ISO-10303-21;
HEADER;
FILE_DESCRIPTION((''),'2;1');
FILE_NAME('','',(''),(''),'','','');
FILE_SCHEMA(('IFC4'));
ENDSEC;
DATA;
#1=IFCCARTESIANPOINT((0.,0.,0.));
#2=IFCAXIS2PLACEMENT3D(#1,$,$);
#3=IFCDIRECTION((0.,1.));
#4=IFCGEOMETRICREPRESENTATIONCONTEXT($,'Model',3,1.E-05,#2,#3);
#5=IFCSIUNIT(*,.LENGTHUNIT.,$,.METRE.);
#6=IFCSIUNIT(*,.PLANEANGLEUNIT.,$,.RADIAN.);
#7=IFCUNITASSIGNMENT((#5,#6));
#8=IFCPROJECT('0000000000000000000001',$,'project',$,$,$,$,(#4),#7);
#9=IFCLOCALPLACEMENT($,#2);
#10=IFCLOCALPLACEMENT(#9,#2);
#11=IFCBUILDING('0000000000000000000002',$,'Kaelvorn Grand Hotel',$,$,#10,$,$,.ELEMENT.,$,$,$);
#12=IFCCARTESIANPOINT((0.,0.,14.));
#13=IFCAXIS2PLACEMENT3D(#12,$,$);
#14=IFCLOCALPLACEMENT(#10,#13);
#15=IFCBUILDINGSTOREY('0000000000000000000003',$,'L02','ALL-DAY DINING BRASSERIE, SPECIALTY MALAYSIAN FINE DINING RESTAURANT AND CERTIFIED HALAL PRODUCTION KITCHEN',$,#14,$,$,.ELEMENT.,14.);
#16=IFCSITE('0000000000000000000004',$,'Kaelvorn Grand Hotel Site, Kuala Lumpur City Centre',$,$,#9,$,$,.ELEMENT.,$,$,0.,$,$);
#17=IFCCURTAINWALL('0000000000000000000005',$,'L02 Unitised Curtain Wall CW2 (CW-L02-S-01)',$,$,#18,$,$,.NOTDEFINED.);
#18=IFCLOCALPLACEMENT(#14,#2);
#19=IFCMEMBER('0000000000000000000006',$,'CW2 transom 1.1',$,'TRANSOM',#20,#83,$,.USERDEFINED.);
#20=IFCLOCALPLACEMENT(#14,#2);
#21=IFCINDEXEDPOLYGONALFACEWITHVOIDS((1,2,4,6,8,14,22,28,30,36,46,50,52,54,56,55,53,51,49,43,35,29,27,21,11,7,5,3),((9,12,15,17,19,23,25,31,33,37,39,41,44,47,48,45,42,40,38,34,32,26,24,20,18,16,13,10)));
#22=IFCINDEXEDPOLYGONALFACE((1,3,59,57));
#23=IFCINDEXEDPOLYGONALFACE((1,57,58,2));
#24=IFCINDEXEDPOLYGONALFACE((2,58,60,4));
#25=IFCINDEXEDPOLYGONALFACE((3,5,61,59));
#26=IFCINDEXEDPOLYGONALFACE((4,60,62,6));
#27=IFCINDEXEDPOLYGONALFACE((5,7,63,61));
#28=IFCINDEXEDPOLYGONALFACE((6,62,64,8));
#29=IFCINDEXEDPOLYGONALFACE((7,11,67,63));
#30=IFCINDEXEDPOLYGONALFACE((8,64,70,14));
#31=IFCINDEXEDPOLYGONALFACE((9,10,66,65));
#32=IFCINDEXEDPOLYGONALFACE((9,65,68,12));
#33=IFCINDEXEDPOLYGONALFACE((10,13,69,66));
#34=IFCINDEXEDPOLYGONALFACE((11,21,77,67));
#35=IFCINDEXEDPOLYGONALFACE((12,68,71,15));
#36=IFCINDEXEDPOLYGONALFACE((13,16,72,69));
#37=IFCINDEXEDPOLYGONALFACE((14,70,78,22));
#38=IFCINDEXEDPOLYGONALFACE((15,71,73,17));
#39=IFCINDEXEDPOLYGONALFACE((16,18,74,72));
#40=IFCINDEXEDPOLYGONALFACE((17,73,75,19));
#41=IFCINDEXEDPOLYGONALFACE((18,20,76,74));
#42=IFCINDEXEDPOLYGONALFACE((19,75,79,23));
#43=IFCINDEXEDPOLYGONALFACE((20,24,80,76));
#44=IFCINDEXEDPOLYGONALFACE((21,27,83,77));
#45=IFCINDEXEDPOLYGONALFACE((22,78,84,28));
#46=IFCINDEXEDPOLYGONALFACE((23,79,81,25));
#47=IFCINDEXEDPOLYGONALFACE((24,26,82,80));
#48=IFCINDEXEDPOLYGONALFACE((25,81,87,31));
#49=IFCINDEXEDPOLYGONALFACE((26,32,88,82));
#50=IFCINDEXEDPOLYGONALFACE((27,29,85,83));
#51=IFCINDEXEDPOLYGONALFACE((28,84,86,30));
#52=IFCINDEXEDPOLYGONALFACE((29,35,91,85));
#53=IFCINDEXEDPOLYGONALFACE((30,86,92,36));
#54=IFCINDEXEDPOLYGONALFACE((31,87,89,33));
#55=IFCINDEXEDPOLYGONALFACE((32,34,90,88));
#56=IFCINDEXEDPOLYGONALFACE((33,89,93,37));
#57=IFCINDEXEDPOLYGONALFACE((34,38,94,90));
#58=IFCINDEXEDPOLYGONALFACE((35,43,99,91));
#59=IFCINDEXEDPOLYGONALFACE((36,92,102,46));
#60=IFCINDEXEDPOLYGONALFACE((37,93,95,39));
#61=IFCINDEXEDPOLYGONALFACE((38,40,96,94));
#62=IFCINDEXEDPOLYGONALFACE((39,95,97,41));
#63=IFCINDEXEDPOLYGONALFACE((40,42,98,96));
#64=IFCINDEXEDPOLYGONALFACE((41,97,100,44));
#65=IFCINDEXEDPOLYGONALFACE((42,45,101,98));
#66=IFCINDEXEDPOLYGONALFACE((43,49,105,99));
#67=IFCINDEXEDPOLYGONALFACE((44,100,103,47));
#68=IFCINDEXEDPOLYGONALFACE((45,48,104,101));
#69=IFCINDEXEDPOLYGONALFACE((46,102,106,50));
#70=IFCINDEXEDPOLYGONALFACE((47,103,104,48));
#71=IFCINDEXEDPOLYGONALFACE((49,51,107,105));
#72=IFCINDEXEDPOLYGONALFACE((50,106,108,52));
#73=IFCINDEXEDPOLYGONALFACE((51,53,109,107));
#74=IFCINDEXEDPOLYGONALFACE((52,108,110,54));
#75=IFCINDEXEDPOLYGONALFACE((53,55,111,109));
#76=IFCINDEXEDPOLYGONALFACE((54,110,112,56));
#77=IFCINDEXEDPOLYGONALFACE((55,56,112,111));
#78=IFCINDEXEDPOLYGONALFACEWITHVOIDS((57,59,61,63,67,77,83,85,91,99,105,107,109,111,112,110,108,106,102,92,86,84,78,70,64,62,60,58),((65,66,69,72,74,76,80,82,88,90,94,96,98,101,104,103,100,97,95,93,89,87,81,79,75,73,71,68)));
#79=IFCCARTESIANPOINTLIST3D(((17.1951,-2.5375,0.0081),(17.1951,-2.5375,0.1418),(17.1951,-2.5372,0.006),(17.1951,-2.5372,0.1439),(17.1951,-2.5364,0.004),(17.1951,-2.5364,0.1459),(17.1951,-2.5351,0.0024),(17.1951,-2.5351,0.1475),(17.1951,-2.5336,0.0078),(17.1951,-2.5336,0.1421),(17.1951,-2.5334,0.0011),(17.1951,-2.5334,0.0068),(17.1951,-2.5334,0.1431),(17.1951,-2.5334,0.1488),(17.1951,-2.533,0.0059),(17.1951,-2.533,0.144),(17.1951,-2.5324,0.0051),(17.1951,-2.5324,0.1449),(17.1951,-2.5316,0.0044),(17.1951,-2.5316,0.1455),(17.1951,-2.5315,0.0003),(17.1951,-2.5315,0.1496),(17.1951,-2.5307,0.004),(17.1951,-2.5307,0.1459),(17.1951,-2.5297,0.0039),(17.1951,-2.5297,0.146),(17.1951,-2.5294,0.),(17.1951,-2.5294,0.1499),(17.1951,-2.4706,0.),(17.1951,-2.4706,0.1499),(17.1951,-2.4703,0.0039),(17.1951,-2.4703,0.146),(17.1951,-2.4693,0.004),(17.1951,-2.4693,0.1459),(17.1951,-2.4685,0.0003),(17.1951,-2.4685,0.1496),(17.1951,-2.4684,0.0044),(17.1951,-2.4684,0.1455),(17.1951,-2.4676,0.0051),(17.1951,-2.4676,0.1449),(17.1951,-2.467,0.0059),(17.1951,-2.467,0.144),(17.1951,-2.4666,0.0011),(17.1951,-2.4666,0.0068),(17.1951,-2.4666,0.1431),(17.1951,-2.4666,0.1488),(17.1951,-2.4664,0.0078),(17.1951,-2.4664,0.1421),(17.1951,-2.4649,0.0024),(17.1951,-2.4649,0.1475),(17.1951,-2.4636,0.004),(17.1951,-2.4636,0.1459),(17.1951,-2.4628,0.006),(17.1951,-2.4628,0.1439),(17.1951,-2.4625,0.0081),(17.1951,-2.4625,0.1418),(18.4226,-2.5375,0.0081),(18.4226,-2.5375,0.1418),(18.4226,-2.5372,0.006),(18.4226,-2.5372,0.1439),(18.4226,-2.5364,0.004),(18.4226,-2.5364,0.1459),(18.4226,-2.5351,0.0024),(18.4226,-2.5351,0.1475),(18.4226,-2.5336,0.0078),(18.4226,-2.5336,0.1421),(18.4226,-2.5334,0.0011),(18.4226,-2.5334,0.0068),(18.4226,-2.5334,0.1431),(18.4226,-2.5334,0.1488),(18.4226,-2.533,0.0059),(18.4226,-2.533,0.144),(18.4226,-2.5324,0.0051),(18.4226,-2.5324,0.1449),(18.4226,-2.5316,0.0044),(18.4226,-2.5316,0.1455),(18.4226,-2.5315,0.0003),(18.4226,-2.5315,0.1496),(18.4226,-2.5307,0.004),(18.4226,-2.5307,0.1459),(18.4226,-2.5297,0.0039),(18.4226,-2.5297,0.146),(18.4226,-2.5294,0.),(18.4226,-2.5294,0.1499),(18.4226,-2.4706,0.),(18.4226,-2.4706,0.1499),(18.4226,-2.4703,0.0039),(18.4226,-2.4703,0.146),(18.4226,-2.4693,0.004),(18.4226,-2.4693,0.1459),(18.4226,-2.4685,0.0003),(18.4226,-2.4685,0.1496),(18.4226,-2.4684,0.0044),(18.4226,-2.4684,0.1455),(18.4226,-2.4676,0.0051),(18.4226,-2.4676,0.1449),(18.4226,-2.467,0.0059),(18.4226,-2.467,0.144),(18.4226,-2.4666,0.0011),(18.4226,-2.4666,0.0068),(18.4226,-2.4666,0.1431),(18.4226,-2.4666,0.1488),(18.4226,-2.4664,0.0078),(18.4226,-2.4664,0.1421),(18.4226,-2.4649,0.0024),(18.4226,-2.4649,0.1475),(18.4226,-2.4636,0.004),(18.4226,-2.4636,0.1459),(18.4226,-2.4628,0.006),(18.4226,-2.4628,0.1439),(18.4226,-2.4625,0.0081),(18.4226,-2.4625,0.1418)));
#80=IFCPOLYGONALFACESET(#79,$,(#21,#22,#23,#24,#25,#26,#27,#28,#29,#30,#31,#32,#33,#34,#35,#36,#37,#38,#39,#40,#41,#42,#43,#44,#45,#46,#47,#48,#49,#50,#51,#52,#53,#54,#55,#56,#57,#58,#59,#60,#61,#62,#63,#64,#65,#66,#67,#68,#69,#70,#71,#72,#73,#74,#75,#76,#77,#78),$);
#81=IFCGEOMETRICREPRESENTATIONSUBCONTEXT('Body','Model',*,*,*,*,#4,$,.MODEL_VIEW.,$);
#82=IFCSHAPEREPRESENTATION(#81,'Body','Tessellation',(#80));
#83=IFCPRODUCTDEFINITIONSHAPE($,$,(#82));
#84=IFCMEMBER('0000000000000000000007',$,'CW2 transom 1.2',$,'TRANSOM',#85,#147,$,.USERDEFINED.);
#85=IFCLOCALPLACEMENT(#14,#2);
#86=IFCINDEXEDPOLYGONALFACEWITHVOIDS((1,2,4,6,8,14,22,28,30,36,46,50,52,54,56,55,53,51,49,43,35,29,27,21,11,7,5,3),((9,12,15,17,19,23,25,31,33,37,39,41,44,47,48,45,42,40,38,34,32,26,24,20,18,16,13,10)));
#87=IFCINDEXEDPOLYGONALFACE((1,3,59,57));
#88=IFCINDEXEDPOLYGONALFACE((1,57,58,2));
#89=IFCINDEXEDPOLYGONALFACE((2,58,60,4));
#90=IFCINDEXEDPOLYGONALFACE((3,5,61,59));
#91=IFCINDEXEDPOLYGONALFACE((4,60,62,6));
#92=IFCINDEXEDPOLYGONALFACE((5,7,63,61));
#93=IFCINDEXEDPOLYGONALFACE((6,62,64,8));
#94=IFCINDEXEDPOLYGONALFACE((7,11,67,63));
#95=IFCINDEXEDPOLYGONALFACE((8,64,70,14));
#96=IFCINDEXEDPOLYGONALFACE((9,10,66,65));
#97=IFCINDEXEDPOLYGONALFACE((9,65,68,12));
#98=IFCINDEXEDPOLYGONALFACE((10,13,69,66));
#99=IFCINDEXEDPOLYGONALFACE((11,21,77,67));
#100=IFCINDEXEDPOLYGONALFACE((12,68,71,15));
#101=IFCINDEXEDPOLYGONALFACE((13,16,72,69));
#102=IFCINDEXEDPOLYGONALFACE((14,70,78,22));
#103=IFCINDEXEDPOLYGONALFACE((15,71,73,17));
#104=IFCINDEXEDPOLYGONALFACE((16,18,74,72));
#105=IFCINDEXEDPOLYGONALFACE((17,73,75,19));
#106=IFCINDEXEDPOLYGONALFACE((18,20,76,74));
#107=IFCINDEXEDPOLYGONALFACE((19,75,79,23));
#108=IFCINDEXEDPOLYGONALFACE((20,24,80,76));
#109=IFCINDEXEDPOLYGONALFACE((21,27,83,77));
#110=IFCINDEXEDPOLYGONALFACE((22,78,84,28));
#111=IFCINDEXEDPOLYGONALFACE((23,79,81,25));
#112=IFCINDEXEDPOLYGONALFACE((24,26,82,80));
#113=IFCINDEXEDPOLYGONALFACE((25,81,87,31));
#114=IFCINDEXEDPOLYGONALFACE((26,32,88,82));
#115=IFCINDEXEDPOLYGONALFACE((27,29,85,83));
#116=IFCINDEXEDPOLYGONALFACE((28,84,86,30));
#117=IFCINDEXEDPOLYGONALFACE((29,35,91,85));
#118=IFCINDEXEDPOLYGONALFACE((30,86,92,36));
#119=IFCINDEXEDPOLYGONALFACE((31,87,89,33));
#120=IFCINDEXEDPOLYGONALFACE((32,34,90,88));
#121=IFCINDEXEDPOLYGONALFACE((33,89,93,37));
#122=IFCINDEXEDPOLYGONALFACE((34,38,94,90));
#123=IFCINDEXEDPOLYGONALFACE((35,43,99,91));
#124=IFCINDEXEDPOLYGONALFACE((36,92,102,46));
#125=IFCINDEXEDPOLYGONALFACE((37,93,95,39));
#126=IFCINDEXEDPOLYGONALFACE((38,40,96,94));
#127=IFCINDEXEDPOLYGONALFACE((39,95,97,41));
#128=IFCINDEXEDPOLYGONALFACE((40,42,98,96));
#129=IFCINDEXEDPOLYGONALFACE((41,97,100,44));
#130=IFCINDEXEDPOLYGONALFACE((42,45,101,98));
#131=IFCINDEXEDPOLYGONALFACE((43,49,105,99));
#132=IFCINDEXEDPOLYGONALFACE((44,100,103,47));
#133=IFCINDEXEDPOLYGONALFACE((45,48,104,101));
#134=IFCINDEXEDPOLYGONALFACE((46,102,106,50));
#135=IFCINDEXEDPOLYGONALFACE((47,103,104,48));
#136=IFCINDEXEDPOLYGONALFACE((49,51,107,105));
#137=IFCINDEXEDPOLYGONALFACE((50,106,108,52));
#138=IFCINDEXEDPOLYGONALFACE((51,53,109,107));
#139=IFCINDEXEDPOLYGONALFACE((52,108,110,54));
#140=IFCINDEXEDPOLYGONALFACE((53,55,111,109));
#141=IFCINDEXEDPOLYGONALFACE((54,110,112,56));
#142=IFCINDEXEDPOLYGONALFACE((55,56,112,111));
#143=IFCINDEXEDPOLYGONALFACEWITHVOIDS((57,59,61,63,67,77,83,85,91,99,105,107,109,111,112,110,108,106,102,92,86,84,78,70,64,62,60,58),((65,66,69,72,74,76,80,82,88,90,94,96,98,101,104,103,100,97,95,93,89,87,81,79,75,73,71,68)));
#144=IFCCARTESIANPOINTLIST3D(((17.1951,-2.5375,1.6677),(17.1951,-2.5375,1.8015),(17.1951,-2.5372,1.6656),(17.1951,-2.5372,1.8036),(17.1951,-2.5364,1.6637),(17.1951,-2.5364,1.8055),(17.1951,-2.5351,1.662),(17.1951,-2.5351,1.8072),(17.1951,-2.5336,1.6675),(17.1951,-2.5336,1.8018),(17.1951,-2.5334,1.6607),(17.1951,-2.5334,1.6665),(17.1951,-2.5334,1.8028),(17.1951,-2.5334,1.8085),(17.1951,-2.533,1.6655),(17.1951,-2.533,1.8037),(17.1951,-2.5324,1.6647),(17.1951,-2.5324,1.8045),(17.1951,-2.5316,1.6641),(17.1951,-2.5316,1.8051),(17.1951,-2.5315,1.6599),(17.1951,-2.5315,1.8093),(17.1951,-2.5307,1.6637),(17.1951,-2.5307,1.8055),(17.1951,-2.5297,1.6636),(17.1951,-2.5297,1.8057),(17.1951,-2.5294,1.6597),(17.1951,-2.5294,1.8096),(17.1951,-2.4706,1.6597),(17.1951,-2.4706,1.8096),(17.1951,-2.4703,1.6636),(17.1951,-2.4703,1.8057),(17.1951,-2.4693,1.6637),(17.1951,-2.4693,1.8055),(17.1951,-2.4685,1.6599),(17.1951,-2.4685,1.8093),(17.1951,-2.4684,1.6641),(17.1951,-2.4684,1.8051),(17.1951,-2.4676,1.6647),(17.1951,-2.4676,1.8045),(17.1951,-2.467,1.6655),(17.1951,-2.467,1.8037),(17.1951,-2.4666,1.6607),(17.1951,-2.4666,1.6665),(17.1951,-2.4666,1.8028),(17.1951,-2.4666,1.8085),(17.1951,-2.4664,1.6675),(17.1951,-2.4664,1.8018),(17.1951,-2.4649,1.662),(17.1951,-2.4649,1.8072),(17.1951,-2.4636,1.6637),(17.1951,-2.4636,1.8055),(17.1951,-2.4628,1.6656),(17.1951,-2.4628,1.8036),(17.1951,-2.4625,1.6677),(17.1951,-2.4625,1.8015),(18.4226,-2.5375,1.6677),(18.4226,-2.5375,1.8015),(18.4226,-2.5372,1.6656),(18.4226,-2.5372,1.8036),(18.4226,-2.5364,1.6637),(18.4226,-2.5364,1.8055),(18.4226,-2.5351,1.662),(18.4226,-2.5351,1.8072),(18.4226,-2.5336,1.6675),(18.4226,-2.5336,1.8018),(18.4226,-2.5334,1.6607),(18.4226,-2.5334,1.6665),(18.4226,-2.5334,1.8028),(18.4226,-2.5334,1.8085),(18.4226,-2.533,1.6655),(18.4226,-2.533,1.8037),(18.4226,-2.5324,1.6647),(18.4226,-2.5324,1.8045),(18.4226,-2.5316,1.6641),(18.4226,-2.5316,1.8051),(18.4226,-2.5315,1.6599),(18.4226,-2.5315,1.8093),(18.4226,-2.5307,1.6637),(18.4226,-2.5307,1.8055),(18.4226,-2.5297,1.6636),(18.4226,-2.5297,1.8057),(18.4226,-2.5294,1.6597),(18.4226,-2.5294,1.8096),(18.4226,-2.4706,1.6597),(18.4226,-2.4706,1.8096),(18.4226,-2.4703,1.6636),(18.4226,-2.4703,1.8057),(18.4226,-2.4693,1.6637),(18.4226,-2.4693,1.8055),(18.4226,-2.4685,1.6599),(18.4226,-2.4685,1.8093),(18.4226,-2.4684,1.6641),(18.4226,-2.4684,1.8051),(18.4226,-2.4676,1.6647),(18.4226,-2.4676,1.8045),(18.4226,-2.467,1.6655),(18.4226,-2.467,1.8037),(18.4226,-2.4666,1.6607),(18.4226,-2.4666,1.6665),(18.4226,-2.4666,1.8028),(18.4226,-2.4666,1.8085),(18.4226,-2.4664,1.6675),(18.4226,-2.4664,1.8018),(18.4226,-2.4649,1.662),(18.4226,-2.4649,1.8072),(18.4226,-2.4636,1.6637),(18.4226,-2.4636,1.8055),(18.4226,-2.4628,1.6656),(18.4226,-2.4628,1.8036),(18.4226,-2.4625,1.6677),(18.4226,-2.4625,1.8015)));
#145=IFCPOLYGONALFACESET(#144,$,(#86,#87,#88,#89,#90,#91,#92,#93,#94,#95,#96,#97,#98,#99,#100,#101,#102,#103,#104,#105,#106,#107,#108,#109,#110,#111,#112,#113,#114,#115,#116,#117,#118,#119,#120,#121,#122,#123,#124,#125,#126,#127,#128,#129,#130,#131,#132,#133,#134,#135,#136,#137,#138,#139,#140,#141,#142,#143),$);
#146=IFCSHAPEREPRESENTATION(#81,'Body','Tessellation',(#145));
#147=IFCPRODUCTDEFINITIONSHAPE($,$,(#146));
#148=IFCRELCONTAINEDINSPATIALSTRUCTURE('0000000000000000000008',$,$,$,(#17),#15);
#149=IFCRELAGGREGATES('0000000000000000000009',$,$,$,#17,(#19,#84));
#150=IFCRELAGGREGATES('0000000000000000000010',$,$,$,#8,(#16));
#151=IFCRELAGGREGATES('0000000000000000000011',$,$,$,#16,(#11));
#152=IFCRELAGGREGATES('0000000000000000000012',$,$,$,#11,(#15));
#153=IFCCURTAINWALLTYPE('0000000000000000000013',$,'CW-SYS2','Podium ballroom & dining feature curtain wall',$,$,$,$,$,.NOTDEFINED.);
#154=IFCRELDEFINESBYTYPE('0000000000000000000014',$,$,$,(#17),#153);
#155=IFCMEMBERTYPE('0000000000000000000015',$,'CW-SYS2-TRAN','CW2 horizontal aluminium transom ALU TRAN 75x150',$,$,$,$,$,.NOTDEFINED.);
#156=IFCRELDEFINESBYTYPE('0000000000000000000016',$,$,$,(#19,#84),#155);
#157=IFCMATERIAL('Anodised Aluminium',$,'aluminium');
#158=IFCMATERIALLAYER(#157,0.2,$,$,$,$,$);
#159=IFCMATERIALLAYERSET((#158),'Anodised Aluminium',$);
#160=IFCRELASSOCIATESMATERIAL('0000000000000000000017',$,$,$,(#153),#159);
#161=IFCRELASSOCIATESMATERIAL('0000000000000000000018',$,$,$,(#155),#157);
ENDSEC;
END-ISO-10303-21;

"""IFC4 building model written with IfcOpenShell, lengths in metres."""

from ifc_helpers import new_model, si_unit, direction, frame, origin, origin_2d, place, context, subcontext, project, spatial, hollow_rectangle, extrude, material, layer, layer_set, material_profile, profile_set, type_object, element, aggregate, save


model = new_model("IFC4")

# Units and contexts
model_context = context("Model", 3, precision=1e-05, world=origin(), true_north=direction((0.0, 1.0)))
body_context = subcontext(model_context, "Body", "Model", "MODEL_VIEW")
ifc_project = project(units=[si_unit("LENGTHUNIT", "METRE"), si_unit("PLANEANGLEUNIT", "RADIAN")], contexts=[model_context])

# Site, building, storey
site_placement = place(None, origin())
site = spatial("IfcSite", under=ifc_project, at=site_placement, Name="Kaelvorn Grand Hotel Site, Kuala Lumpur City Centre", CompositionType="ELEMENT", RefElevation=0.0)
building_placement = place(site_placement, origin())
building = spatial("IfcBuilding", under=site, at=building_placement, Name="Kaelvorn Grand Hotel", CompositionType="ELEMENT")
storey_placement = place(building_placement, frame((0.0, 0.0, 14.0)))
storey = spatial("IfcBuildingStorey", under=building, at=storey_placement, Name="L02", Description="ALL-DAY DINING BRASSERIE, SPECIALTY MALAYSIAN FINE DINING RESTAURANT AND CERTIFIED HALAL PRODUCTION KITCHEN", CompositionType="ELEMENT", Elevation=14.0)

# Curtain wall, members
ifc_material_1 = material(Name="Anodised Aluminium", Category="aluminium")
ifc_layer_1 = layer(ifc_material_1, 0.2)
ifc_layer_set_1 = layer_set([ifc_layer_1], Name="Anodised Aluminium")
curtain_wall_type = type_object("IfcCurtainWallType", Name="CW-SYS2", Description="Podium ballroom & dining feature curtain wall", PredefinedType="NOTDEFINED", material=ifc_layer_set_1)
curtain_wall_placement = place(storey_placement, origin())
curtain_wall = element("IfcCurtainWall", 1, at=curtain_wall_placement, inside=storey, type_object=curtain_wall_type, Name="L02 Unitised Curtain Wall CW2 (CW-L02-S-01)", PredefinedType="NOTDEFINED")
ifc_material_profile_1 = material_profile(ifc_material_1, hollow_rectangle(XDim=0.075, YDim=0.1499, WallThickness=0.0039, InnerFilletRadius=0.0039, OuterFilletRadius=0.0081, at=origin_2d()), Name="ALU TRAN 75x150")
ifc_profile_set_1 = profile_set([ifc_material_profile_1], Name="Anodised Aluminium")
member_type_1 = type_object("IfcMemberType", Name="CW-SYS2-TRAN", Description="CW2 horizontal aluminium transom ALU TRAN 75x150", PredefinedType="NOTDEFINED", material=ifc_profile_set_1)
member_1_placement = place(storey_placement, frame((17.1951, -2.5, 0.075), z_axis=(1.0, 0.0, 0.0), x_axis=(0.0, 1.0, 0.0)))
member_1 = element("IfcMember", 2, at=member_1_placement, type_object=member_type_1, Name="CW2 transom 1.1", ObjectType="TRANSOM", PredefinedType="USERDEFINED", context=body_context, shape_type="SweptSolid", body=[
    extrude(hollow_rectangle(XDim=0.075, YDim=0.1499, WallThickness=0.0039, InnerFilletRadius=0.0039, OuterFilletRadius=0.0081, at=origin_2d()), origin(), (0.0, 0.0, 1.0), 1.2275),
])
member_2_placement = place(storey_placement, frame((17.1951, -2.5, 1.7346), z_axis=(1.0, 0.0, 0.0), x_axis=(0.0, 1.0, 0.0)))
member_2 = element("IfcMember", 3, at=member_2_placement, type_object=member_type_1, Name="CW2 transom 1.2", ObjectType="TRANSOM", PredefinedType="USERDEFINED", context=body_context, shape_type="SweptSolid", body=[
    extrude(hollow_rectangle(XDim=0.075, YDim=0.1499, WallThickness=0.0039, InnerFilletRadius=0.0039, OuterFilletRadius=0.0081, at=origin_2d()), origin(), (0.0, 0.0, 1.0), 1.2275),
])
aggregate(curtain_wall, [member_1, member_2])

save(model, "model.ifc")
